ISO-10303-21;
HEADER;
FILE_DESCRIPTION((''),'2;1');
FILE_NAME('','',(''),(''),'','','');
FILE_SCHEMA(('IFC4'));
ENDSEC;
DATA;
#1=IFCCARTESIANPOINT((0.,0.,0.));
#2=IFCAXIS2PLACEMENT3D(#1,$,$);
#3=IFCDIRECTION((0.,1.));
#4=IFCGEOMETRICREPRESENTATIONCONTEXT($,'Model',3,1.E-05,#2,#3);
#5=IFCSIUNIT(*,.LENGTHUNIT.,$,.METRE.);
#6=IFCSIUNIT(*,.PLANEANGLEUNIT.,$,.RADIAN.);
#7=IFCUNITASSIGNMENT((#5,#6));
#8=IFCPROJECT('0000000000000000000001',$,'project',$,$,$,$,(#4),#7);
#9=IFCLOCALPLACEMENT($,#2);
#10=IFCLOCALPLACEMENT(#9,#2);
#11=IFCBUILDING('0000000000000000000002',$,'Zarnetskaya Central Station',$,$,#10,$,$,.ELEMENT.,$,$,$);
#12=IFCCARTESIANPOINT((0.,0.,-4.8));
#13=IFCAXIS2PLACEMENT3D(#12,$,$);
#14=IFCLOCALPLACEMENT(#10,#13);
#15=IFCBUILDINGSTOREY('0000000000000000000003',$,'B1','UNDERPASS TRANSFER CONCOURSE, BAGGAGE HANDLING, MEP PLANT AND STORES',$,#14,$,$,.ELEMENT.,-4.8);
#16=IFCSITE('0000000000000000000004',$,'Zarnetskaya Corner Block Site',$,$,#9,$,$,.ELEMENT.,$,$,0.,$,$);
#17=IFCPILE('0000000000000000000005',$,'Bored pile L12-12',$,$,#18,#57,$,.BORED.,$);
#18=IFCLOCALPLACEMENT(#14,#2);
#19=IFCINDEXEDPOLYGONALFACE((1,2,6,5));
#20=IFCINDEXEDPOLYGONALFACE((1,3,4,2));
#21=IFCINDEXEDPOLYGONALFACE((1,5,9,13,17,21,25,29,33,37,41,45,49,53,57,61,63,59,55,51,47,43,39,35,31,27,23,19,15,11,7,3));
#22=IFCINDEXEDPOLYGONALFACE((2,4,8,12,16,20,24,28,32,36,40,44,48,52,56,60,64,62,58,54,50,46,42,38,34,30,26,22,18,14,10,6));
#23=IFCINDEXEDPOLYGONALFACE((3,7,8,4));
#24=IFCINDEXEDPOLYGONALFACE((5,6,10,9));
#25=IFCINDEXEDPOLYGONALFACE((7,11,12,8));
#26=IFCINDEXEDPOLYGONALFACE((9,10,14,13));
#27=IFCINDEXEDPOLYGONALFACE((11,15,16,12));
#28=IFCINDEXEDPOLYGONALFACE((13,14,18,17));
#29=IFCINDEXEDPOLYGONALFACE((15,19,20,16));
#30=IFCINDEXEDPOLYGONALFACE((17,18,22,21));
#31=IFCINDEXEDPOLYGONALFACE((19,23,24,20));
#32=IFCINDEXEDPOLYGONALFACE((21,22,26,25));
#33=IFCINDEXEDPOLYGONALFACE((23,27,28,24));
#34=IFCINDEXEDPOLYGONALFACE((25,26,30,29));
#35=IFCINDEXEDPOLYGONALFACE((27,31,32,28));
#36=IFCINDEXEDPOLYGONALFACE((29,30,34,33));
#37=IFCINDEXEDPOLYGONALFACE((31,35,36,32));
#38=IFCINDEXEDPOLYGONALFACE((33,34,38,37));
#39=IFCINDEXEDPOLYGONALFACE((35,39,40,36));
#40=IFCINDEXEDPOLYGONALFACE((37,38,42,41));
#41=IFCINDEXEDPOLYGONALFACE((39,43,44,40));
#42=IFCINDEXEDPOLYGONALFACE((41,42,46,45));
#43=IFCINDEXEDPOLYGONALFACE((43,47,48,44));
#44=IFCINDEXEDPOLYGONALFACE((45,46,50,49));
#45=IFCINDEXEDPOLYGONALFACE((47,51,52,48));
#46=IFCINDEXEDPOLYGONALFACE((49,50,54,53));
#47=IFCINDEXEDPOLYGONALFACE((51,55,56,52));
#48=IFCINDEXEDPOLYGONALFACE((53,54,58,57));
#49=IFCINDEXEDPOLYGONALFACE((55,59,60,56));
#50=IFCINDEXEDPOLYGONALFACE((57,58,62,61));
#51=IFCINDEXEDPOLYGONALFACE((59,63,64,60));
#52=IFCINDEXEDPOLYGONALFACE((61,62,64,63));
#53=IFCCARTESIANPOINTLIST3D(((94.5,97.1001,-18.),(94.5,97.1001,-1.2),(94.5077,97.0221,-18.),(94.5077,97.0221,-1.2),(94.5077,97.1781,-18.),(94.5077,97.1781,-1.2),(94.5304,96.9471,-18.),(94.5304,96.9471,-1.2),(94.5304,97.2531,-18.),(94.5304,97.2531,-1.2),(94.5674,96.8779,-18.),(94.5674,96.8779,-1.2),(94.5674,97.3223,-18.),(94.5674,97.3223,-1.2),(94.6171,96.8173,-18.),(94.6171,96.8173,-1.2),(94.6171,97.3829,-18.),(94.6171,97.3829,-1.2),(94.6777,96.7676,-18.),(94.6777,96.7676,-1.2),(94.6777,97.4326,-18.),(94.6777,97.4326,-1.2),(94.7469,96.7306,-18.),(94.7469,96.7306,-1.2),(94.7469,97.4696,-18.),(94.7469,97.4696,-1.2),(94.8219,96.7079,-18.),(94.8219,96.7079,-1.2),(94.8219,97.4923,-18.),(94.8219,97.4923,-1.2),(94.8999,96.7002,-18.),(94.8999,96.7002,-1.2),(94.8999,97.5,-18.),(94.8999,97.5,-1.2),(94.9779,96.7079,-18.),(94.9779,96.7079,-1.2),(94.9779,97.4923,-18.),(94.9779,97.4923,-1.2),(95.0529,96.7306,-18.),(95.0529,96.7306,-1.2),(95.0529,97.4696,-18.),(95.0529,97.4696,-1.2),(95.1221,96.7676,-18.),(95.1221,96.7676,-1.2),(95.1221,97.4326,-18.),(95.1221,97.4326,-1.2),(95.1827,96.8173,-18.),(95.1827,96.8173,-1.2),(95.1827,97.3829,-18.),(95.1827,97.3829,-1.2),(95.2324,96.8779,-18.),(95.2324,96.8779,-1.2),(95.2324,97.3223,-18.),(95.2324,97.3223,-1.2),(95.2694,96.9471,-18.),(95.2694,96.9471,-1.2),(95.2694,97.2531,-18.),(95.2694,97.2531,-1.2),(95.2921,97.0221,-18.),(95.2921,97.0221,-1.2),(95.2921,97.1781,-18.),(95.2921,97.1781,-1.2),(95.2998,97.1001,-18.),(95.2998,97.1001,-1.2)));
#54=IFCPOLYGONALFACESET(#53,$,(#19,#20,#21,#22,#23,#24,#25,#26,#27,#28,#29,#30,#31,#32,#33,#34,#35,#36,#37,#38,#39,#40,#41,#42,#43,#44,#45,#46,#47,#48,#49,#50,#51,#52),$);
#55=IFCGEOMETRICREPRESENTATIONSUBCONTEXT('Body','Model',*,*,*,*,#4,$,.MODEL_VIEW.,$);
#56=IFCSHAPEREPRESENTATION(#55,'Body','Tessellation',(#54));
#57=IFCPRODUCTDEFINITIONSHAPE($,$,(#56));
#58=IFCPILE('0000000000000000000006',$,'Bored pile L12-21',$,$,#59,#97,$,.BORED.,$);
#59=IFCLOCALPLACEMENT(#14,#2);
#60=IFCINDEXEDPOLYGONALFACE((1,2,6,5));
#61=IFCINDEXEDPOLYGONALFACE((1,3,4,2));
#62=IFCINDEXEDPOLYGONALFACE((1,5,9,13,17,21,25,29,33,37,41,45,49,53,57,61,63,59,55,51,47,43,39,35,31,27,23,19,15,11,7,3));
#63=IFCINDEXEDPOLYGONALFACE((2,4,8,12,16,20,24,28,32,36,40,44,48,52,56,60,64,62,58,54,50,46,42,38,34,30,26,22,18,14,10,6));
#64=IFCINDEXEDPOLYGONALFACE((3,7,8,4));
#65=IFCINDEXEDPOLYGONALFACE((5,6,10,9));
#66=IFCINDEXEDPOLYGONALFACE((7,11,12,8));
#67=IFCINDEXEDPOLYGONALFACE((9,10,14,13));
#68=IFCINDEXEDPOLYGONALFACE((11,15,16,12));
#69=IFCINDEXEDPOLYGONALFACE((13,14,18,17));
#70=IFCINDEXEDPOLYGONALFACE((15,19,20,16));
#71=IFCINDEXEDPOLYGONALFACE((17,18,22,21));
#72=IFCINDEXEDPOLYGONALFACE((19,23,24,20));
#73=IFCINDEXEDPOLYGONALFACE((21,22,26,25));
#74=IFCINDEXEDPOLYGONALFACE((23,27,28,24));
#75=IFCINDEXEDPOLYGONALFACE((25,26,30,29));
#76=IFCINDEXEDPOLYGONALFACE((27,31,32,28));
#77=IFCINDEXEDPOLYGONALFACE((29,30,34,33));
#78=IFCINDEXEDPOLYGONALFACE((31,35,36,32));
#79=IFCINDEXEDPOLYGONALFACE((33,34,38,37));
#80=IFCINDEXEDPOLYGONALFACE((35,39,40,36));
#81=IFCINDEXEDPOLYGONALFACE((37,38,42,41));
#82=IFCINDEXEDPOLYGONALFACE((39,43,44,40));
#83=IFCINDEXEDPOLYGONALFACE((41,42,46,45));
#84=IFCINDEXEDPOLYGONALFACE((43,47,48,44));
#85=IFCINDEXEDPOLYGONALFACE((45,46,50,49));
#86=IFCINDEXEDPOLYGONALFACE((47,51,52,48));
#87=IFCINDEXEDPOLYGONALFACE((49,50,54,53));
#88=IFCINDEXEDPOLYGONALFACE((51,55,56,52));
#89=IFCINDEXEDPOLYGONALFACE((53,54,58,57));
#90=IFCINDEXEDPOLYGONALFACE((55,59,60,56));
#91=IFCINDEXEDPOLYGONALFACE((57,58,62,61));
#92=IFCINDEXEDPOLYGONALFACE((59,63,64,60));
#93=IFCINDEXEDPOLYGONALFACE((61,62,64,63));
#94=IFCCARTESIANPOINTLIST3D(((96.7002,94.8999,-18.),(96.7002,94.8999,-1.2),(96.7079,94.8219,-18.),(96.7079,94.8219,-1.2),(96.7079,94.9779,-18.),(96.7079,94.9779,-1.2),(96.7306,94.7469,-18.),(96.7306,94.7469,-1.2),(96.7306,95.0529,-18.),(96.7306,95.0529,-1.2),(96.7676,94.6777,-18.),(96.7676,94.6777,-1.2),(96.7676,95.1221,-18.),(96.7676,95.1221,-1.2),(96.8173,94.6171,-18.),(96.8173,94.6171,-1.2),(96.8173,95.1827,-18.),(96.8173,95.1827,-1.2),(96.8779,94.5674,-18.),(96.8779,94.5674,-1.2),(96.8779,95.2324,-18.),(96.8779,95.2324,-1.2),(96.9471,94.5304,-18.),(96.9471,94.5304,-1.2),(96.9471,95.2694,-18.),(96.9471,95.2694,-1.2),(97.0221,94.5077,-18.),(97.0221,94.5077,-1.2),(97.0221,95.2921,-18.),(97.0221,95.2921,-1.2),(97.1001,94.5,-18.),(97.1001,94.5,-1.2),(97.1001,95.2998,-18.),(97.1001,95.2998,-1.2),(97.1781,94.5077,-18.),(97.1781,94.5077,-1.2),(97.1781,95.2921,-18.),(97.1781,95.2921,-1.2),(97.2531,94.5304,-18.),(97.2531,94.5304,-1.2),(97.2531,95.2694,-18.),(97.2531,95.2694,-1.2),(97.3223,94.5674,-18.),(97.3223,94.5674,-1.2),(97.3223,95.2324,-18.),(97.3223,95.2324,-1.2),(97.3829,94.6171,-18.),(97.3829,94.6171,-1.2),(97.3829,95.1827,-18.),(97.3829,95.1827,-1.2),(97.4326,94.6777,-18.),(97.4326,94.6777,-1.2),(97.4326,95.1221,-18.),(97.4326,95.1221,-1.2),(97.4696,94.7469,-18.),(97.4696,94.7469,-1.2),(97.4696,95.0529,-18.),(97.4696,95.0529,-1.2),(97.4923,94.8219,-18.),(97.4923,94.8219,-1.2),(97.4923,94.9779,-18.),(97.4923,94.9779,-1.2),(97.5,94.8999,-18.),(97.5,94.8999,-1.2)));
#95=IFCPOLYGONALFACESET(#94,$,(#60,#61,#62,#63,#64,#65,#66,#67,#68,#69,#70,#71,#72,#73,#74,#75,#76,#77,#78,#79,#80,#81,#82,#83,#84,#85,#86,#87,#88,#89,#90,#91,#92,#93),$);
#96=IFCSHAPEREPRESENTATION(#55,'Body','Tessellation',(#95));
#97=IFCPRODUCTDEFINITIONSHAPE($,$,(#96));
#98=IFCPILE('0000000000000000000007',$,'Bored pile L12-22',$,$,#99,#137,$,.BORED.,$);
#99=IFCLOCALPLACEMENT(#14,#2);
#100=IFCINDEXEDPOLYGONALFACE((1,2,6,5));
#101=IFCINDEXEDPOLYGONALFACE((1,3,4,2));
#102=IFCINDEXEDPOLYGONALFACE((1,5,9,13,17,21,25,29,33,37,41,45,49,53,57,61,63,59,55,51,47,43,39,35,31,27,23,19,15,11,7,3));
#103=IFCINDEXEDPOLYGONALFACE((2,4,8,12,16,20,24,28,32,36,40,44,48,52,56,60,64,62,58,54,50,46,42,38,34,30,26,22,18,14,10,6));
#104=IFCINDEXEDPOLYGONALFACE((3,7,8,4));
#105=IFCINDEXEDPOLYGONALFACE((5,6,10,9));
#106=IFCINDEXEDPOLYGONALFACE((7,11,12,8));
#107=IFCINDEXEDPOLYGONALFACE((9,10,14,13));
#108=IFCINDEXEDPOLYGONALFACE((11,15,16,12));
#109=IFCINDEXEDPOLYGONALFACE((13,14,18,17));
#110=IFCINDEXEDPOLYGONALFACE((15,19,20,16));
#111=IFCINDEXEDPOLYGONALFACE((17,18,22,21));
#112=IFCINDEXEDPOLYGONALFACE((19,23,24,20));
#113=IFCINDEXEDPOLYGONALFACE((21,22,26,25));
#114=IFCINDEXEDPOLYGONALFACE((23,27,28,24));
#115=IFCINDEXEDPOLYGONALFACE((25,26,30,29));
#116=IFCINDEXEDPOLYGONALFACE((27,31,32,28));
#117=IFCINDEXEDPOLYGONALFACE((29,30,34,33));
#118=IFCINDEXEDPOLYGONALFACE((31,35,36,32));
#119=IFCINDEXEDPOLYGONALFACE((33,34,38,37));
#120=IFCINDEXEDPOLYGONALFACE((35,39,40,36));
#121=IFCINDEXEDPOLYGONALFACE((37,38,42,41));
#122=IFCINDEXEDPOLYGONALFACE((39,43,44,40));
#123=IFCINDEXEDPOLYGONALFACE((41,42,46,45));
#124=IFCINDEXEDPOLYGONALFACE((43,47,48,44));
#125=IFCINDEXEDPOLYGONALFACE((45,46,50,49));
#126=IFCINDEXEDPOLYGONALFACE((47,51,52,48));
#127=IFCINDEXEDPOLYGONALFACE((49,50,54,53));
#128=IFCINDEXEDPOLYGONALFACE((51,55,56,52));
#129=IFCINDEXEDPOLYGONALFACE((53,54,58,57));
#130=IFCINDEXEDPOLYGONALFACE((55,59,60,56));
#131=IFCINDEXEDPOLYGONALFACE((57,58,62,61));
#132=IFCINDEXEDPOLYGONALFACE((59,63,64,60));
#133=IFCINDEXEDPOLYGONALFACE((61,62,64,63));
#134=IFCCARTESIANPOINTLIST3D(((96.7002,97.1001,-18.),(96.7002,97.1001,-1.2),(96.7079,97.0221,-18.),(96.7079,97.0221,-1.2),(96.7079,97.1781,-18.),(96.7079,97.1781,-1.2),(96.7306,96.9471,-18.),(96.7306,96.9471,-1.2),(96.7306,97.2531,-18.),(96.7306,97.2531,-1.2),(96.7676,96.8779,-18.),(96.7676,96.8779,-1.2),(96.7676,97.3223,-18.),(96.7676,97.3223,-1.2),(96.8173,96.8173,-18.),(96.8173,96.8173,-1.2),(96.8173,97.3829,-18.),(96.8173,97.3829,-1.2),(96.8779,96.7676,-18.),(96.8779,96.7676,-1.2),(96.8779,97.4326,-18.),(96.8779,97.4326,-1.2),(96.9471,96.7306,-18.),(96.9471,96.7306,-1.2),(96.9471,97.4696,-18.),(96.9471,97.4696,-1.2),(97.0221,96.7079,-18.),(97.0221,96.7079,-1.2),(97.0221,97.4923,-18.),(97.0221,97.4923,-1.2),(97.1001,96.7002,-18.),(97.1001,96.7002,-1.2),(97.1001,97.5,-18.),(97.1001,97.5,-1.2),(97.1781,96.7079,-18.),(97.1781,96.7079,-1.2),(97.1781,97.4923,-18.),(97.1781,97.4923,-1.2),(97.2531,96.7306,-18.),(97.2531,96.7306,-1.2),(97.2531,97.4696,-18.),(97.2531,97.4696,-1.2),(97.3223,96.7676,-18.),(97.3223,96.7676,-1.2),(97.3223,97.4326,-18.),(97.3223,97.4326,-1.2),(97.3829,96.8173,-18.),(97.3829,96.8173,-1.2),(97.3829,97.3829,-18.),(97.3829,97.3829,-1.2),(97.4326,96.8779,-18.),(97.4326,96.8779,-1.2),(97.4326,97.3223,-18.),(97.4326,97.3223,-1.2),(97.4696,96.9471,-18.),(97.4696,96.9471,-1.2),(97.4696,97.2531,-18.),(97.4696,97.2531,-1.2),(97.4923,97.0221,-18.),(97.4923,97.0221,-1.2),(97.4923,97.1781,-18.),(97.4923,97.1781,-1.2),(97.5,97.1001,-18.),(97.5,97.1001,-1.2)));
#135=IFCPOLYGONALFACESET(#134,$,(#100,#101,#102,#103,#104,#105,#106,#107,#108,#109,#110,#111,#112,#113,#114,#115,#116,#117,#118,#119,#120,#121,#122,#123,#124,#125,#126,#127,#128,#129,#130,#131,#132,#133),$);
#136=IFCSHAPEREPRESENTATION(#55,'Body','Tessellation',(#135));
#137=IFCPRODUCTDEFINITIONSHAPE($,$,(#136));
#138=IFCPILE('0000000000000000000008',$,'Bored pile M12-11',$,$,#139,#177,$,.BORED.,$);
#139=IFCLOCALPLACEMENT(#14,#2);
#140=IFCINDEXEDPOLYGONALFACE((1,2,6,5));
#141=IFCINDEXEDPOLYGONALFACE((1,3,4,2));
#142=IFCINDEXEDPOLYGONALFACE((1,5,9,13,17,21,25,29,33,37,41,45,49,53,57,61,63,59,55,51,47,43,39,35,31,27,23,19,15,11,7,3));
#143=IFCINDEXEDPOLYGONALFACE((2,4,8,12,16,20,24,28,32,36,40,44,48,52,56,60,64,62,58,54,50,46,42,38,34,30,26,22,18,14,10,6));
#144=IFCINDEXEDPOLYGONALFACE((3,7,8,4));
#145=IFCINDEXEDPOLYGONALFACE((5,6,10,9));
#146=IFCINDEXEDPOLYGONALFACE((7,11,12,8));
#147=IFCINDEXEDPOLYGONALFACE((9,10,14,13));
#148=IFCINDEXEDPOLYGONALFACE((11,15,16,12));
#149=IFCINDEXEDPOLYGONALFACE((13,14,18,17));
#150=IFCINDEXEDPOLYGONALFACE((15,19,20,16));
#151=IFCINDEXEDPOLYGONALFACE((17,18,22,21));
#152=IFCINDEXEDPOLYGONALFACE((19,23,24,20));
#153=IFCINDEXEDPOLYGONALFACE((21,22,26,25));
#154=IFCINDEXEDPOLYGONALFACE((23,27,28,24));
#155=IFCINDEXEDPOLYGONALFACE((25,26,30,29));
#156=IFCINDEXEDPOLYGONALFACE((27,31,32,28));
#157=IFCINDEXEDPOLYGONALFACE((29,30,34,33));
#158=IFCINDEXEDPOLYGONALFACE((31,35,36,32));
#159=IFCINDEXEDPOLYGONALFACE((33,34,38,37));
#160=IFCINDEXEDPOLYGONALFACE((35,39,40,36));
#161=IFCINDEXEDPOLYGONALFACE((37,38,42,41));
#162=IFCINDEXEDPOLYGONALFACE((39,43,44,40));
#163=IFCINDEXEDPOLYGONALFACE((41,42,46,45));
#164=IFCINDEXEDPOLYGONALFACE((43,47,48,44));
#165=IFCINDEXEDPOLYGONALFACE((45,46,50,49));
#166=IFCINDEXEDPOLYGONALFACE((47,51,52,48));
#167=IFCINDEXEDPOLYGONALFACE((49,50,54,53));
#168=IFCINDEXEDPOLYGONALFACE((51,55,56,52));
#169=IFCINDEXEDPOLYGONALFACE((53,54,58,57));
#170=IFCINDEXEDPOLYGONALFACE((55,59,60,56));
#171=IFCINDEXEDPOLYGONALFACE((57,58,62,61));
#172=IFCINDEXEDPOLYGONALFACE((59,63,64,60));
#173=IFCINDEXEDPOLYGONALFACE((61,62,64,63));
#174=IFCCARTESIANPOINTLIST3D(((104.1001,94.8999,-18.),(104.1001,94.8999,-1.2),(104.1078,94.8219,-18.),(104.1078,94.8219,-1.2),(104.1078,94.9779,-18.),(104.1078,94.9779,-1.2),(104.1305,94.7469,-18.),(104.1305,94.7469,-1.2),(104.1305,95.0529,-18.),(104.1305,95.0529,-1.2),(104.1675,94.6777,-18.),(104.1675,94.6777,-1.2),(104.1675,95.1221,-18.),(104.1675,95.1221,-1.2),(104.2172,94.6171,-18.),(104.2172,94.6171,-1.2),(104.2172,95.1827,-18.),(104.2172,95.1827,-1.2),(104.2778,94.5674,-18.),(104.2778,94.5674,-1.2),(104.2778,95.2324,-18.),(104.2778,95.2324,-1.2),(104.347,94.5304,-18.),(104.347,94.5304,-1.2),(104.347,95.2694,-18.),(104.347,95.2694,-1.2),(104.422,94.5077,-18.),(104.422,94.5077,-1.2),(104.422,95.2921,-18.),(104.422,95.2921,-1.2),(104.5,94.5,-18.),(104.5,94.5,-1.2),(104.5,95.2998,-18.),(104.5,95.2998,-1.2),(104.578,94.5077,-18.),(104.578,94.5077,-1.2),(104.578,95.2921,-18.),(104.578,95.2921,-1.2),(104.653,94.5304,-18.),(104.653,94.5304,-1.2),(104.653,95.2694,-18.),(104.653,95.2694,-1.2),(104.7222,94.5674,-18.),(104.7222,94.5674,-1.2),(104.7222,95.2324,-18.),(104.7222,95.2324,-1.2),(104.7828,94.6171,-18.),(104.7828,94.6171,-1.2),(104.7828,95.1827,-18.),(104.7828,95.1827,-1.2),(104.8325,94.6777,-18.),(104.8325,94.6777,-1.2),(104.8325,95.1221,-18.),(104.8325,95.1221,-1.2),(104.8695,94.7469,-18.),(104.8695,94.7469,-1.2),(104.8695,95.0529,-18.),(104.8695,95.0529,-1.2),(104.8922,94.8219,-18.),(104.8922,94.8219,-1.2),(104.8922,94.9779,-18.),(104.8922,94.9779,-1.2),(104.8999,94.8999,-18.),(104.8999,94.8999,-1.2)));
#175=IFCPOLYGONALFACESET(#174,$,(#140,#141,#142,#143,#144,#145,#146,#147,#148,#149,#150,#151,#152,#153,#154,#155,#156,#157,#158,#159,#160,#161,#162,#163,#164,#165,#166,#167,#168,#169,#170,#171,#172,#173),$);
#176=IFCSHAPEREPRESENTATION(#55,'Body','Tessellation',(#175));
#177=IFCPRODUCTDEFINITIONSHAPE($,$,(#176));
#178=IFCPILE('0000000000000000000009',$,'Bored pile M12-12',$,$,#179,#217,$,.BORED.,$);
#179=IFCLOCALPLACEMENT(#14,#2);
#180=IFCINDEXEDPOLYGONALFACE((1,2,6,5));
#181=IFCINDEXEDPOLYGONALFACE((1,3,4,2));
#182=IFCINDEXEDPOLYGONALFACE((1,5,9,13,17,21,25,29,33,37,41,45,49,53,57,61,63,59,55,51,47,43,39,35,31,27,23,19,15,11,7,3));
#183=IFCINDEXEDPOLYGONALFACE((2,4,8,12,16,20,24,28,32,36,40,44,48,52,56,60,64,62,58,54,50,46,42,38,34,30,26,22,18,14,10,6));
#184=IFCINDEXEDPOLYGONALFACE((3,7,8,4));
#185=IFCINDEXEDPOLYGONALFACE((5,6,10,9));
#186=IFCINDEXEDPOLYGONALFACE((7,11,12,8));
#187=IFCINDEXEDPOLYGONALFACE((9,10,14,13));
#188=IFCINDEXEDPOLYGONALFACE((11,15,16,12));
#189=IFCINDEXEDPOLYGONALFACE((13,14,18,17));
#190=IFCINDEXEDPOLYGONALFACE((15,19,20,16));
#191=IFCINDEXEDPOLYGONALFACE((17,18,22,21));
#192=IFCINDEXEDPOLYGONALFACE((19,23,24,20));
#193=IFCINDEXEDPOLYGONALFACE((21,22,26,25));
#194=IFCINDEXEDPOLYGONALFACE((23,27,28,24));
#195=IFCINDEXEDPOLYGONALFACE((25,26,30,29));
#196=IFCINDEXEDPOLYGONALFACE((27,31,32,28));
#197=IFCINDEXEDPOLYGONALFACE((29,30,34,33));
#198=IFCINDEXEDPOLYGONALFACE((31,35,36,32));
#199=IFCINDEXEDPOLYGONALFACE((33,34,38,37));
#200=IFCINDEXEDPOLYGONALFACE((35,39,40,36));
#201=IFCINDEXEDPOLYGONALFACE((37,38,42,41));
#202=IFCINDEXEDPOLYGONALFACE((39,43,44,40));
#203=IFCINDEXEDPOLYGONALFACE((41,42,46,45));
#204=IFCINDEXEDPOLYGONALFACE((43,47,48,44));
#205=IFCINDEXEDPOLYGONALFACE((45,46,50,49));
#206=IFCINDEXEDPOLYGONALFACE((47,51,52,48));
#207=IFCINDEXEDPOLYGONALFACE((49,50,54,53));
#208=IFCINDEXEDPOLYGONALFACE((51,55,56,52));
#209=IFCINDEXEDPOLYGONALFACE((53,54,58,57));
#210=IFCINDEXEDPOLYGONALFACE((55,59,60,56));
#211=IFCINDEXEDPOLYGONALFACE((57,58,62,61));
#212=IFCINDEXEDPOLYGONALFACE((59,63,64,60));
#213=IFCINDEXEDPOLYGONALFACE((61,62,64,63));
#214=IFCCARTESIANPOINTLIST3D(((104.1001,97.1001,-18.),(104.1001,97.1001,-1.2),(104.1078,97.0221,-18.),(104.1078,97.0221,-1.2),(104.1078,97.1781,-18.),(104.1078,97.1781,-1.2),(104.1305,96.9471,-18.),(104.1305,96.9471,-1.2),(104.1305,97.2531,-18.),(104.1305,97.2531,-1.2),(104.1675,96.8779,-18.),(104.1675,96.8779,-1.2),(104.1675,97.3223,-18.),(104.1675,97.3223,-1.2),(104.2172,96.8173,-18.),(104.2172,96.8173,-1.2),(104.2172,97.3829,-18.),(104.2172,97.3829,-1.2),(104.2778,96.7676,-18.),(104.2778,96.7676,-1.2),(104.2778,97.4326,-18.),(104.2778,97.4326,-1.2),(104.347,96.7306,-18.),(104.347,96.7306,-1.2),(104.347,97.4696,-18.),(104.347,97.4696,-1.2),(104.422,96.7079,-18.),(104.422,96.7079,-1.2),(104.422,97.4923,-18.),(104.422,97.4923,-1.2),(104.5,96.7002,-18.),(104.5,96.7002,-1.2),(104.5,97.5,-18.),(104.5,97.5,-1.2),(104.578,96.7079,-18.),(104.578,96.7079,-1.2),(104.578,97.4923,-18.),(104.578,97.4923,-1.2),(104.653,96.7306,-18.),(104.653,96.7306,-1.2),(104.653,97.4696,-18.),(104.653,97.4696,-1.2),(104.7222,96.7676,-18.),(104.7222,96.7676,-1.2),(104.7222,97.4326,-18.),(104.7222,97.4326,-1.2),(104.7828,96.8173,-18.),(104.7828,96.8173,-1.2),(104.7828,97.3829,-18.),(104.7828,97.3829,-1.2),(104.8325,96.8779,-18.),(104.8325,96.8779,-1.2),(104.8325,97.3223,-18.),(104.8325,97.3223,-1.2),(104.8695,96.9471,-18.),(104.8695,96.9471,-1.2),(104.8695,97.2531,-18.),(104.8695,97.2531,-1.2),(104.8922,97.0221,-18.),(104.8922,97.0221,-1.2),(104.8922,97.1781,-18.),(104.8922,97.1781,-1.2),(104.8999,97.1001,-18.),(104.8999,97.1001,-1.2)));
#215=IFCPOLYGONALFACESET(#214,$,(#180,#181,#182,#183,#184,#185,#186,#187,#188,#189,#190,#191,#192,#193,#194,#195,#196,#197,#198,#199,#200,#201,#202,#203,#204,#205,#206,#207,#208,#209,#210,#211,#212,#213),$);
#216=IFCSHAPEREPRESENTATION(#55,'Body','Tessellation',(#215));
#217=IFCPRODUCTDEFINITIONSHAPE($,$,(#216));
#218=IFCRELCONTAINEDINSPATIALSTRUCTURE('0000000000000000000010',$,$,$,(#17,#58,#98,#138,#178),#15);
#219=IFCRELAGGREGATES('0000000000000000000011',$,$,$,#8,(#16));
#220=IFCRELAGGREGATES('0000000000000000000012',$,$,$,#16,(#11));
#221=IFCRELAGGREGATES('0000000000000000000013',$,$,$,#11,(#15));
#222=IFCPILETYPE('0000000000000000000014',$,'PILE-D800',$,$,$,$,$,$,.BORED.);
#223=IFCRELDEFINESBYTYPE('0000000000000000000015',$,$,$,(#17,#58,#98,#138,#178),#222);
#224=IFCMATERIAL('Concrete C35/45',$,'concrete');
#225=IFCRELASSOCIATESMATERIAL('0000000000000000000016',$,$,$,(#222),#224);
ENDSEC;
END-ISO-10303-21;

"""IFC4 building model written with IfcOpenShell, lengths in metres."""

from ifc_helpers import new_model, si_unit, direction, frame, origin, origin_2d, place, context, subcontext, project, spatial, circle, extrude, material, material_profile, profile_set, type_object, element, save


model = new_model("IFC4")

# Units and contexts
model_context = context("Model", 3, precision=1e-05, world=origin(), true_north=direction((0.0, 1.0)))
body_context = subcontext(model_context, "Body", "Model", "MODEL_VIEW")
ifc_project = project(units=[si_unit("LENGTHUNIT", "METRE"), si_unit("PLANEANGLEUNIT", "RADIAN")], contexts=[model_context])

# Site, building, storey
site_placement = place(None, origin())
site = spatial("IfcSite", under=ifc_project, at=site_placement, Name="Zarnetskaya Corner Block Site", CompositionType="ELEMENT", RefElevation=0.0)
building_placement = place(site_placement, origin())
building = spatial("IfcBuilding", under=site, at=building_placement, Name="Zarnetskaya Central Station", CompositionType="ELEMENT")
storey_placement = place(building_placement, frame((0.0, 0.0, -4.8)))
storey = spatial("IfcBuildingStorey", under=building, at=storey_placement, Name="B1", Description="UNDERPASS TRANSFER CONCOURSE, BAGGAGE HANDLING, MEP PLANT AND STORES", CompositionType="ELEMENT", Elevation=-4.8)

# Shared definitions
ifc_material = material(Name="Concrete C35/45", Category="concrete")

# Piles
ifc_material_profile_1 = material_profile(ifc_material, circle(Radius=0.3999, at=origin_2d()), Name="BORED PILE D800")
ifc_profile_set_1 = profile_set([ifc_material_profile_1], Name="Concrete C35/45")
pile_type_1 = type_object("IfcPileType", Name="PILE-D800", PredefinedType="BORED", material=ifc_profile_set_1)
for number, where, z_axis, x_axis, name in (
    (1, (94.8999, 97.1001, -1.2), (0.0, 0.0, -1.0), (1.0, 0.0, 0.0), "Bored pile L12-12"),
    (2, (97.1001, 94.8999, -1.2), (0.0, 0.0, -1.0), (1.0, 0.0, 0.0), "Bored pile L12-21"),
    (3, (97.1001, 97.1001, -1.2), (0.0, 0.0, -1.0), (1.0, 0.0, 0.0), "Bored pile L12-22"),
    (4, (104.5, 94.8999, -1.2), (0.0, 0.0, -1.0), (1.0, 0.0, 0.0), "Bored pile M12-11"),
    (5, (104.5, 97.1001, -1.2), (0.0, 0.0, -1.0), (1.0, 0.0, 0.0), "Bored pile M12-12"),
):
    element("IfcPile", number, at=place(storey_placement, frame(where, z_axis=z_axis, x_axis=x_axis)), inside=storey, type_object=pile_type_1, Name=name, PredefinedType="BORED", context=body_context, shape_type="SweptSolid", body=[
        extrude(circle(Radius=0.3999, at=origin_2d()), origin(), (0.0, 0.0, 1.0), 16.8),
    ])

save(model, "model.ifc")
